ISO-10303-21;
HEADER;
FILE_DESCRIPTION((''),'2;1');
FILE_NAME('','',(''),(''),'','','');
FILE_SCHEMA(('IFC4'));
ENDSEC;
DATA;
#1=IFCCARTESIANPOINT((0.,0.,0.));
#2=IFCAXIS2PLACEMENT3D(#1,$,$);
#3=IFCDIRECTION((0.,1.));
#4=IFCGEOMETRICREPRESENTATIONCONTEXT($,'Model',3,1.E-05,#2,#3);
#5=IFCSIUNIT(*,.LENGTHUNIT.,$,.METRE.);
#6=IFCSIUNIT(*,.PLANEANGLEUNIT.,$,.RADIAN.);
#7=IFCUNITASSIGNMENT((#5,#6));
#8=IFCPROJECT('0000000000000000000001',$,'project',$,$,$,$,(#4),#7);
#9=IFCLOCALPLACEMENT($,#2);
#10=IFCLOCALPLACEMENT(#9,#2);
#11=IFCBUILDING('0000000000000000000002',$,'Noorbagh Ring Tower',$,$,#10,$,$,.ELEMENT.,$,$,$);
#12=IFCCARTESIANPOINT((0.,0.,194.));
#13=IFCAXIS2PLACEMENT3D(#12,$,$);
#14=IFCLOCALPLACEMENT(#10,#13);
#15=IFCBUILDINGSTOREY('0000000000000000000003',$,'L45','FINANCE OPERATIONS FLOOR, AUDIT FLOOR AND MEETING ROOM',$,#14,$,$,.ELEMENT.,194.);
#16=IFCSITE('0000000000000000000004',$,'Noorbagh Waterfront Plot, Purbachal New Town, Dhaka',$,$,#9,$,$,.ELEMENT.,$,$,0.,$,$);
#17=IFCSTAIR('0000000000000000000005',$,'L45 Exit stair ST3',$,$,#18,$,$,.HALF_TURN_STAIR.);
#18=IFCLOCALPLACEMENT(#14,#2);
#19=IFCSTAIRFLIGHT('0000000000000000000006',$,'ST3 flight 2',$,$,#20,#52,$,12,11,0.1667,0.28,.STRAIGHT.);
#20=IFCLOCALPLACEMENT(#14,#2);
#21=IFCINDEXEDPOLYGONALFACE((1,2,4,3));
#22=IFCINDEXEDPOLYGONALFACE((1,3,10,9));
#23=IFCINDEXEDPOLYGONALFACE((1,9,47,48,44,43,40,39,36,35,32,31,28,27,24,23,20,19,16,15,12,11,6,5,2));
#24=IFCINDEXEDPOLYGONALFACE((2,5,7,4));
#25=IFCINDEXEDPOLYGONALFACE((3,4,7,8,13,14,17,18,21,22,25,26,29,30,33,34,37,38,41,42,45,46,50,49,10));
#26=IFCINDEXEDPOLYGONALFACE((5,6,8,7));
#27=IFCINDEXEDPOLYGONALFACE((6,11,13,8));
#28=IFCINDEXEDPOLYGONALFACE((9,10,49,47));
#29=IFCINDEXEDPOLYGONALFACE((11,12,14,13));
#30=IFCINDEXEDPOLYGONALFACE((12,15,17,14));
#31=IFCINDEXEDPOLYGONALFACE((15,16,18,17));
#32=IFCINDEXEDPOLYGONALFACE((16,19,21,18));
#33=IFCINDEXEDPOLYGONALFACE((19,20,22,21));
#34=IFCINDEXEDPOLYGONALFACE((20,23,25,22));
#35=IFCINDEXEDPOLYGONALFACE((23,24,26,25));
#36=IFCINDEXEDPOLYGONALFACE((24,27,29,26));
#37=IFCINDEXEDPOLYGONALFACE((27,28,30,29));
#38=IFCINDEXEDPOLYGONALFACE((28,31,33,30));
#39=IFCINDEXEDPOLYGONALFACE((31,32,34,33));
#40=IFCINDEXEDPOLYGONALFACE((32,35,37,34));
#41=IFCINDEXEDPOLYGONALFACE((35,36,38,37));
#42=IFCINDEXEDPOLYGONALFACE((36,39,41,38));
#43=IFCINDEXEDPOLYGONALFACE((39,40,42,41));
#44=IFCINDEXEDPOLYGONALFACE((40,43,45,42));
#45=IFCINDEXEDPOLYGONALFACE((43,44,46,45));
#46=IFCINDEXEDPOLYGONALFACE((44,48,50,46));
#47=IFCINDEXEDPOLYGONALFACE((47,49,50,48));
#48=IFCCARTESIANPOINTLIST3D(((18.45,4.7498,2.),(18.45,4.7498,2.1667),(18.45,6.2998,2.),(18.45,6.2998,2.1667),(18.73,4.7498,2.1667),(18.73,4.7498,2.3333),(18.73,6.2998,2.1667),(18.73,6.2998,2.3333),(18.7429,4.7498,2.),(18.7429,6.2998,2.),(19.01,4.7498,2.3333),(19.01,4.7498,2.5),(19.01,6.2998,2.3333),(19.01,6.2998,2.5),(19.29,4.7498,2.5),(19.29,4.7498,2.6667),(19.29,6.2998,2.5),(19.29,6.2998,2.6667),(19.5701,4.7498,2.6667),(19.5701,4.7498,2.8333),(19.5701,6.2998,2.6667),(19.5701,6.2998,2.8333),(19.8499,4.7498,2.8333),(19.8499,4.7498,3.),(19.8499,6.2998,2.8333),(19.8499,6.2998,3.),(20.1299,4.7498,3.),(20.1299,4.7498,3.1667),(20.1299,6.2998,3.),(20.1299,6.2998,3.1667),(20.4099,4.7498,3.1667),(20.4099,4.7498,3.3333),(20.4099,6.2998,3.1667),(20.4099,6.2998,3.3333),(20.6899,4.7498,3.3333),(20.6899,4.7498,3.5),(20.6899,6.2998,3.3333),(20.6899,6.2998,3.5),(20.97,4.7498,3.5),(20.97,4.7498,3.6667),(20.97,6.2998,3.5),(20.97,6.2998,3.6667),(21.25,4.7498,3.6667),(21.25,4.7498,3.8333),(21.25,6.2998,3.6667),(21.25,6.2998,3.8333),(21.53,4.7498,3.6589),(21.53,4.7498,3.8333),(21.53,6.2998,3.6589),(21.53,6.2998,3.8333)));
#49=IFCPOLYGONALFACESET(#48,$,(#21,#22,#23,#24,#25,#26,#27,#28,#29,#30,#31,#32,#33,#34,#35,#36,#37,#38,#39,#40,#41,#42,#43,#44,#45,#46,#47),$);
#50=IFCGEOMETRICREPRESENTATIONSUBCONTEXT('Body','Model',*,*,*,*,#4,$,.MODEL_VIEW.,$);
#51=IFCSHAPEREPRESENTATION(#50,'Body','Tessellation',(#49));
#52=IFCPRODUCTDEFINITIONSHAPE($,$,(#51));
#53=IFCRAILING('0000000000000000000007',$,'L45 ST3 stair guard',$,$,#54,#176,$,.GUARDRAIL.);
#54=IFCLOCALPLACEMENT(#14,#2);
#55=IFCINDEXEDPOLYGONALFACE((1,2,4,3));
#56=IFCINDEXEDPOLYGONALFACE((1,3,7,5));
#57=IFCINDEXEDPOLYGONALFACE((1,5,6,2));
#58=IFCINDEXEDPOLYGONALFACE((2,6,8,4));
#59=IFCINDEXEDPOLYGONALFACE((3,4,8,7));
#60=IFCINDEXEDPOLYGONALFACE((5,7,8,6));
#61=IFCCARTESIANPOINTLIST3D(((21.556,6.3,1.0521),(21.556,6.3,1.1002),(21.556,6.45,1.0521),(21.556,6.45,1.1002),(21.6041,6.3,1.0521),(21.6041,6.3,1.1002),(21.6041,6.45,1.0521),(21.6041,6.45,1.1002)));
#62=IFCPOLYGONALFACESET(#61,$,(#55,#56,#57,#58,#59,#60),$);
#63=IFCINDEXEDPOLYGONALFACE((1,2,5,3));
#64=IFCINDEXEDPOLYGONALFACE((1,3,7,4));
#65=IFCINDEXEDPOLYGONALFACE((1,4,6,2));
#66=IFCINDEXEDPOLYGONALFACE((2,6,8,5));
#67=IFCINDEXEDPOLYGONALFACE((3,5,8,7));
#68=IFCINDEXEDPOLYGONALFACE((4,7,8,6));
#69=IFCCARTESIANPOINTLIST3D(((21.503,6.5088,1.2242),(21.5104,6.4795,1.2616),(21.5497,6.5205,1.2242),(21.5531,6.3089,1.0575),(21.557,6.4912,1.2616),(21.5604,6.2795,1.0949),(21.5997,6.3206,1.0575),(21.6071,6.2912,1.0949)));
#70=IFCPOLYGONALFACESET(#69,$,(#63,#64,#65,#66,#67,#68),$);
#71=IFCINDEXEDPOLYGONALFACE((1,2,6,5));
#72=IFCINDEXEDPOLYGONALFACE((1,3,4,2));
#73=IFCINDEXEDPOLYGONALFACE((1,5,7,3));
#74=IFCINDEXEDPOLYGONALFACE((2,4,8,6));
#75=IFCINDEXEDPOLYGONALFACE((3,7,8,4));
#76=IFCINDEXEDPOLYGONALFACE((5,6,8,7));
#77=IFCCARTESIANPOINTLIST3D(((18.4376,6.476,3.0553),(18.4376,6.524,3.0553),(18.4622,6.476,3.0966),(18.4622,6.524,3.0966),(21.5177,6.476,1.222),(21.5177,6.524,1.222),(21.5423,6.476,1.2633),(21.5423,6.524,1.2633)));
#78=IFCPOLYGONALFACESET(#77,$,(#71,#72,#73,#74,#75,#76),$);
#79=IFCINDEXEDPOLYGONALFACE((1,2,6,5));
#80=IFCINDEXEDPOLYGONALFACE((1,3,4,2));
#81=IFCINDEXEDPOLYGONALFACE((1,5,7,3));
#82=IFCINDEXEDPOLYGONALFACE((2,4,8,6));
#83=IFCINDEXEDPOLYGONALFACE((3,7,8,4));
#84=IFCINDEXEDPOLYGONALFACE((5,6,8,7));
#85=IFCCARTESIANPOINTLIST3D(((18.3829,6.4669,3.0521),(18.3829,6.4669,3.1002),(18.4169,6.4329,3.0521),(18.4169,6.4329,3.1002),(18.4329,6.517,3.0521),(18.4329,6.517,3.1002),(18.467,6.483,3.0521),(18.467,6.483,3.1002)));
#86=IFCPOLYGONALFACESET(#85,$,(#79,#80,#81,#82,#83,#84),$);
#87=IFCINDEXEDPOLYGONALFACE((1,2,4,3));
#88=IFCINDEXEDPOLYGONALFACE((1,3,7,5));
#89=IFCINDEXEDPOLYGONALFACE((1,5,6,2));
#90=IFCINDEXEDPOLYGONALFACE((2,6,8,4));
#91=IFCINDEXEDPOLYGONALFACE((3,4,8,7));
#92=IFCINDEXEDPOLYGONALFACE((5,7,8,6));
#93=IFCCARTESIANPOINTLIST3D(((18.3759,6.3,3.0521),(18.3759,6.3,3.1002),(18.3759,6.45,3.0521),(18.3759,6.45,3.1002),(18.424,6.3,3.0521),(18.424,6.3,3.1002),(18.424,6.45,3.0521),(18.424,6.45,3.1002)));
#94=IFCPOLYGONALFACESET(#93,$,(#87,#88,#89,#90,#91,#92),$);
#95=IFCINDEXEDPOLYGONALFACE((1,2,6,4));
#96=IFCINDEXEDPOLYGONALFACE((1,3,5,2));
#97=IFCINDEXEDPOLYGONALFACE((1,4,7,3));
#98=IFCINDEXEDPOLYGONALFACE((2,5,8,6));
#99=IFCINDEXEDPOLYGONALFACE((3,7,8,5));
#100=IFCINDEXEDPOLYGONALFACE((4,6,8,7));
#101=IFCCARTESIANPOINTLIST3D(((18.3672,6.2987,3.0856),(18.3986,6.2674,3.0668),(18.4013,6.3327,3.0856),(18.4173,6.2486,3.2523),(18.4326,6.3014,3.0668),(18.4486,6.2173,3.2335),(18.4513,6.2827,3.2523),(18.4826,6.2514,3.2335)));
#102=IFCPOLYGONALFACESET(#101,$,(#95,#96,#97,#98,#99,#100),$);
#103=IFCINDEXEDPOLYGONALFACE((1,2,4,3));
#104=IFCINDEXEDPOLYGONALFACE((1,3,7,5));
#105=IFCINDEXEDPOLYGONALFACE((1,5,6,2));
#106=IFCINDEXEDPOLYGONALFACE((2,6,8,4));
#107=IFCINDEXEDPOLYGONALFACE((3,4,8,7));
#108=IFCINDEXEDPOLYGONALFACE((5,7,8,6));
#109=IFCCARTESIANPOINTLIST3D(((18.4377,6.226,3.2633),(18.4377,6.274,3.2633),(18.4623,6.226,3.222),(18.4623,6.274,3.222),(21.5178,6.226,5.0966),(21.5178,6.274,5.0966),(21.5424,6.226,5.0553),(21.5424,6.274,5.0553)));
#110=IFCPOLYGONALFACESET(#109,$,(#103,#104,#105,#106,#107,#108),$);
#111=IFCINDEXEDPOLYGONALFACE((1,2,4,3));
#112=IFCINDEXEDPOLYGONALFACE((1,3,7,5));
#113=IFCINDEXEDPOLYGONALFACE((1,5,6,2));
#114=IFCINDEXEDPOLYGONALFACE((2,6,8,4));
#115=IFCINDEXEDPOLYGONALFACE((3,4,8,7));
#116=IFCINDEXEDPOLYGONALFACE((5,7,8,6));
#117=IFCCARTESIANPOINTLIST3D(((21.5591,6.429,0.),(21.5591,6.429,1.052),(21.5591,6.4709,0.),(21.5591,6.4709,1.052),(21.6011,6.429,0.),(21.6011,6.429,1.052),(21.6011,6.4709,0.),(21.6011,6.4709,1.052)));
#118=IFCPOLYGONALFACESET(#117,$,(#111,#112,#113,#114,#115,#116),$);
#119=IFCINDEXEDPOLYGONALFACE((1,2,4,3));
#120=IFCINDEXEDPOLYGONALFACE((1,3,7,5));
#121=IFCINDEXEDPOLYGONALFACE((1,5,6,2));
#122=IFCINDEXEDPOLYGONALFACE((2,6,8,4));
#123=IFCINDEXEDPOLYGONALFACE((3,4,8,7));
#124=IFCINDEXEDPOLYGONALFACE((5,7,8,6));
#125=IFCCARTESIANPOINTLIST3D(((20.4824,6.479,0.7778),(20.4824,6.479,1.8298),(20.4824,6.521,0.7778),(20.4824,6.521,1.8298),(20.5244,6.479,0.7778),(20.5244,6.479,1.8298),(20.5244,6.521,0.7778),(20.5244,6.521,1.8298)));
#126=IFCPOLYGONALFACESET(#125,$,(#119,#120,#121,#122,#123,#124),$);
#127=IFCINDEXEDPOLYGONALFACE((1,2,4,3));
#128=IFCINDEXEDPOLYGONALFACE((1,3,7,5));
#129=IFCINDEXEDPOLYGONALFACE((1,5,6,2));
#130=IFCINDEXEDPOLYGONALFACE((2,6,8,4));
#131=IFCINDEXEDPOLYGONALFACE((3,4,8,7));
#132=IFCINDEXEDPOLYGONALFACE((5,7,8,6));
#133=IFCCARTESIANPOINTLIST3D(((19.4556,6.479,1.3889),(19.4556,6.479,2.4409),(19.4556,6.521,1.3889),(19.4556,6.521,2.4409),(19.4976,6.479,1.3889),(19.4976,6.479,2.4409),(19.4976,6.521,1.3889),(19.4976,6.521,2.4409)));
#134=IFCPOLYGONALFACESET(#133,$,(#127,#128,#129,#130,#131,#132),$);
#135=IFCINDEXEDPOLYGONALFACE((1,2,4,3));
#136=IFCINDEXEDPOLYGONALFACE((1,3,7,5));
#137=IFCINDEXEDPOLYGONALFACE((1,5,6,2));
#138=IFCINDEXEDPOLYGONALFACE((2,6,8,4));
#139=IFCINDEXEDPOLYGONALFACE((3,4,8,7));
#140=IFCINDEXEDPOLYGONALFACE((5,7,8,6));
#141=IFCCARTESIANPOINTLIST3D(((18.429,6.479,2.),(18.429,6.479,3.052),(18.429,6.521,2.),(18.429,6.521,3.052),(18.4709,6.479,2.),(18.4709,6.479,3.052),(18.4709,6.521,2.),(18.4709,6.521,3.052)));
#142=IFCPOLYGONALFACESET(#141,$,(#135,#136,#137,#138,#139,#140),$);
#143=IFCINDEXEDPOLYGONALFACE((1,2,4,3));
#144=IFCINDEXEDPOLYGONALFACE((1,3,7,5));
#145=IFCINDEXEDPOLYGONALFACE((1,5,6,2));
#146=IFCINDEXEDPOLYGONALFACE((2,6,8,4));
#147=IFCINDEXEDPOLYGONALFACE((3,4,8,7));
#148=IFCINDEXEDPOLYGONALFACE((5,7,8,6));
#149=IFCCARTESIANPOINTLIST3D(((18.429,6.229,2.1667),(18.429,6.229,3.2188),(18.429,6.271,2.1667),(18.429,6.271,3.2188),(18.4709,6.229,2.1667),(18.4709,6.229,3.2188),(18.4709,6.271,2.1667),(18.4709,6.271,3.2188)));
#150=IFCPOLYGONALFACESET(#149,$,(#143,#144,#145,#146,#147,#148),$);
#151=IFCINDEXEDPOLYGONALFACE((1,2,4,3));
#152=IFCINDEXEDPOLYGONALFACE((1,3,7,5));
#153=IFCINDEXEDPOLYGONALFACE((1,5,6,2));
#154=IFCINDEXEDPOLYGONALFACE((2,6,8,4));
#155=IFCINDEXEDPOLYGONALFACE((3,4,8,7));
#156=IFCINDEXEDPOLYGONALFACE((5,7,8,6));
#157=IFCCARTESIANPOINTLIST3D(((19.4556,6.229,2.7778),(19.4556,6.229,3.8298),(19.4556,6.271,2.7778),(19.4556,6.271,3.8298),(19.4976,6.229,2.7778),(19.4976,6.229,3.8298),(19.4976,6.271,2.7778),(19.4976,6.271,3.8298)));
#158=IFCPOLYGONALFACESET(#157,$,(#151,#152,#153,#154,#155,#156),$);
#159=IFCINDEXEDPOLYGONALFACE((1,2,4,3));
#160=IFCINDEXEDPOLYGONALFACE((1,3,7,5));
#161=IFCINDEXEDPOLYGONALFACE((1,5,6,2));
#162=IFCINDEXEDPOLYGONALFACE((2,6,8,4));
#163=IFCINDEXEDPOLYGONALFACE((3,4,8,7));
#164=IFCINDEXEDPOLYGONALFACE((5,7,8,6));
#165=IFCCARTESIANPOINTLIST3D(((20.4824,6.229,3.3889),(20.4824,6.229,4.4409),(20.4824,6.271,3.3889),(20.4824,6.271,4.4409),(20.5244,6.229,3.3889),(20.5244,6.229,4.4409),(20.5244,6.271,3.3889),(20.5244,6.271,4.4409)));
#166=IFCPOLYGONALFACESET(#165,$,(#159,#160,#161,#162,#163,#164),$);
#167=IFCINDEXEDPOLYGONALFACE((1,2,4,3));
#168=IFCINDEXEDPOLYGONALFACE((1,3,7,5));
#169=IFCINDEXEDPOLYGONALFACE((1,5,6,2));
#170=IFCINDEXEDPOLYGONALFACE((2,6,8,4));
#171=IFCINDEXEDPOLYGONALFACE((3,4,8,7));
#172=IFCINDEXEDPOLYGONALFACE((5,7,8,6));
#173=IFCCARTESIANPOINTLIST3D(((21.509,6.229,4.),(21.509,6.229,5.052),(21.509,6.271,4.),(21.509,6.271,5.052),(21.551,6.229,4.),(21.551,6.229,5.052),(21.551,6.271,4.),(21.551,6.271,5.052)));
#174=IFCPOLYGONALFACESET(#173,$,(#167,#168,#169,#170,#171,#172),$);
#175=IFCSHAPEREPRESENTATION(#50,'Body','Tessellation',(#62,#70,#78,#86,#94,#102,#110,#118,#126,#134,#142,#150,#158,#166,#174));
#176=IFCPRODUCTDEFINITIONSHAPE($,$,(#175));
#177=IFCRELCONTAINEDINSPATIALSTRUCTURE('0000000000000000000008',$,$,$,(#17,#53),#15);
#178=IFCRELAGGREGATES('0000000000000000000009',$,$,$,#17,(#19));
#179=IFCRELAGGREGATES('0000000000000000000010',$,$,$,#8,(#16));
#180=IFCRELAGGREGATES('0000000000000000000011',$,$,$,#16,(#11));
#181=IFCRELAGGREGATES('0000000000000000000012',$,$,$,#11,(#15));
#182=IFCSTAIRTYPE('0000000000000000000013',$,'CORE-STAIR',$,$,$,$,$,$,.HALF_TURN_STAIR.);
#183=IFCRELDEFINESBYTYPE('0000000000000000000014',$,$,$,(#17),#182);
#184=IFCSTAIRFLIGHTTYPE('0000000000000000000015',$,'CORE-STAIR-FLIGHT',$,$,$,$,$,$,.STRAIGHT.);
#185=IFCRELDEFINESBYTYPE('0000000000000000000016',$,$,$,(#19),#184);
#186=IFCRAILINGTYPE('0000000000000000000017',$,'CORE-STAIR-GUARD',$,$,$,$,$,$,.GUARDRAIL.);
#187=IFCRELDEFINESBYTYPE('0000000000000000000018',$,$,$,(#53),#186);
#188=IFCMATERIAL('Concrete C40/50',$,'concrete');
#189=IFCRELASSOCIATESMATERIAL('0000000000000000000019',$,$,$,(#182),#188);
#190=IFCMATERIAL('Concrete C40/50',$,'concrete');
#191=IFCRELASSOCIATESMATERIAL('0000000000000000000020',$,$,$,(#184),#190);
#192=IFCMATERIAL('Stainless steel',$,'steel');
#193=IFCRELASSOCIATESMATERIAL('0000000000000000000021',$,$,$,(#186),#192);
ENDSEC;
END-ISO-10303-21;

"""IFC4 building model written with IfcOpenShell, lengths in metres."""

from ifc_helpers import new_model, si_unit, direction, frame, origin, origin_2d, place, context, subcontext, project, spatial, polyline, rectangle, outline, extrude, material, type_object, element, aggregate, save


model = new_model("IFC4")

# Units and contexts
model_context = context("Model", 3, precision=1e-05, world=origin(), true_north=direction((0.0, 1.0)))
body_context = subcontext(model_context, "Body", "Model", "MODEL_VIEW")
ifc_project = project(units=[si_unit("LENGTHUNIT", "METRE"), si_unit("PLANEANGLEUNIT", "RADIAN")], contexts=[model_context])

# Site, building, storey
site_placement = place(None, origin())
site = spatial("IfcSite", under=ifc_project, at=site_placement, Name="Noorbagh Waterfront Plot, Purbachal New Town, Dhaka", CompositionType="ELEMENT", RefElevation=0.0)
building_placement = place(site_placement, origin())
building = spatial("IfcBuilding", under=site, at=building_placement, Name="Noorbagh Ring Tower", CompositionType="ELEMENT")
storey_placement = place(building_placement, frame((0.0, 0.0, 194.0)))
storey = spatial("IfcBuildingStorey", under=building, at=storey_placement, Name="L45", Description="FINANCE OPERATIONS FLOOR, AUDIT FLOOR AND MEETING ROOM", CompositionType="ELEMENT", Elevation=194.0)

# Stair, stair flight
ifc_material_1 = material(Name="Concrete C40/50", Category="concrete")
stair_type = type_object("IfcStairType", Name="CORE-STAIR", PredefinedType="HALF_TURN_STAIR", material=ifc_material_1)
stair_placement = place(storey_placement, origin())
stair = element("IfcStair", 1, at=stair_placement, inside=storey, type_object=stair_type, Name="L45 Exit stair ST3", PredefinedType="HALF_TURN_STAIR")
ifc_material_2 = material(Name="Concrete C40/50", Category="concrete")
stair_flight_type = type_object("IfcStairFlightType", Name="CORE-STAIR-FLIGHT", PredefinedType="STRAIGHT", material=ifc_material_2)
stair_flight_1_placement = place(storey_placement, frame((18.45, 5.5249, 2.0), z_axis=(0.0, 0.0, 1.0), x_axis=(1.0, 0.0, 0.0)))
stair_flight_1 = element("IfcStairFlight", 2, at=stair_flight_1_placement, type_object=stair_flight_type, Name="ST3 flight 2", NumberOfRisers=12, NumberOfTreads=11, PredefinedType="STRAIGHT", RiserHeight=0.1667, TreadLength=0.28, context=body_context, shape_type="SweptSolid", body=[
    extrude(outline(polyline([(0.0, 0.0), (0.0, 0.1667), (0.28, 0.1667), (0.28, 0.3333), (0.5601, 0.3333), (0.5601, 0.5), (0.8401, 0.5), (0.8401, 0.6667), (1.1201, 0.6667), (1.1201, 0.8333), (1.3999, 0.8333), (1.3999, 1.0), (1.6799, 1.0), (1.6799, 1.1667), (1.96, 1.1667), (1.96, 1.3333), (2.24, 1.3333), (2.24, 1.5), (2.52, 1.5), (2.52, 1.6667), (2.8, 1.6667), (2.8, 1.8333), (3.0801, 1.8333), (3.0801, 2.0), (3.0801, 1.6589), (0.293, 0.0), (0.0, 0.0)])), frame((0.0, 0.7749, 0.0), z_axis=(0.0, -1.0, 0.0), x_axis=(1.0, 0.0, 0.0)), (0.0, 0.0, 1.0), 1.55),
])
aggregate(stair, [stair_flight_1])

# Railing
ifc_material_3 = material(Name="Stainless steel", Category="steel")
railing_type_1 = type_object("IfcRailingType", Name="CORE-STAIR-GUARD", PredefinedType="GUARDRAIL", material=ifc_material_3)
railing_1_placement = place(storey_placement, frame((21.5801, 6.45, 0.0)))
element("IfcRailing", 3, at=railing_1_placement, inside=storey, type_object=railing_type_1, Name="L45 ST3 stair guard", PredefinedType="GUARDRAIL", context=body_context, shape_type="SweptSolid", body=[
    extrude(rectangle(XDim=0.0481, YDim=0.0481, at=origin_2d()), frame((0.0, 0.0, 1.0762), z_axis=(0.0, -1.0, 0.0), x_axis=(1.0, 0.0, 0.0)), (0.0, 0.0, 1.0), 0.1499),
    extrude(rectangle(XDim=0.0481, YDim=0.0481, at=origin_2d()), frame((0.0, -0.1499, 1.0762), z_axis=(-0.188776, 0.754182, 0.628946), x_axis=(-0.970073, -0.242814, 0.0)), (0.0, 0.0, 1.0), 0.2651),
    extrude(rectangle(XDim=0.0481, YDim=0.0481, at=origin_2d()), frame((-0.05, 0.05, 1.2427), z_axis=(-0.859309, 0.0, 0.511458), x_axis=(0.0, -1.0, 0.0)), (0.0, 0.0, 1.0), 3.5845),
    extrude(rectangle(XDim=0.0481, YDim=0.0481, at=origin_2d()), frame((-3.1301, 0.05, 3.0762), z_axis=(-0.707107, -0.707107, 0.0), x_axis=(0.707107, -0.707107, 0.0)), (0.0, 0.0, 1.0), 0.0708),
    extrude(rectangle(XDim=0.0481, YDim=0.0481, at=origin_2d()), frame((-3.1802, 0.0, 3.0762), z_axis=(0.0, -1.0, 0.0), x_axis=(1.0, 0.0, 0.0)), (0.0, 0.0, 1.0), 0.1499),
    extrude(rectangle(XDim=0.0481, YDim=0.0481, at=origin_2d()), frame((-3.1802, -0.1499, 3.0762), z_axis=(0.276287, -0.276287, 0.920506), x_axis=(0.707107, 0.707107, 0.0)), (0.0, 0.0, 1.0), 0.1812),
    extrude(rectangle(XDim=0.0481, YDim=0.0481, at=origin_2d()), frame((-3.1301, -0.2, 3.2427), z_axis=(0.859309, 0.0, 0.511458), x_axis=(0.0, 1.0, 0.0)), (0.0, 0.0, 1.0), 3.5845),
    extrude(rectangle(XDim=0.042, YDim=0.042, at=origin_2d()), origin(), (0.0, 0.0, 1.0), 1.052),
    extrude(rectangle(XDim=0.042, YDim=0.042, at=origin_2d()), frame((-1.0767, 0.05, 0.7778)), (0.0, 0.0, 1.0), 1.052),
    extrude(rectangle(XDim=0.042, YDim=0.042, at=origin_2d()), frame((-2.1035, 0.05, 1.3889)), (0.0, 0.0, 1.0), 1.052),
    extrude(rectangle(XDim=0.042, YDim=0.042, at=origin_2d()), frame((-3.1301, 0.05, 2.0)), (0.0, 0.0, 1.0), 1.052),
    extrude(rectangle(XDim=0.042, YDim=0.042, at=origin_2d()), frame((-3.1301, -0.2, 2.1667)), (0.0, 0.0, 1.0), 1.052),
    extrude(rectangle(XDim=0.042, YDim=0.042, at=origin_2d()), frame((-2.1035, -0.2, 2.7778)), (0.0, 0.0, 1.0), 1.052),
    extrude(rectangle(XDim=0.042, YDim=0.042, at=origin_2d()), frame((-1.0767, -0.2, 3.3889)), (0.0, 0.0, 1.0), 1.052),
    extrude(rectangle(XDim=0.042, YDim=0.042, at=origin_2d()), frame((-0.05, -0.2, 4.0)), (0.0, 0.0, 1.0), 1.052),
])

save(model, "model.ifc")
